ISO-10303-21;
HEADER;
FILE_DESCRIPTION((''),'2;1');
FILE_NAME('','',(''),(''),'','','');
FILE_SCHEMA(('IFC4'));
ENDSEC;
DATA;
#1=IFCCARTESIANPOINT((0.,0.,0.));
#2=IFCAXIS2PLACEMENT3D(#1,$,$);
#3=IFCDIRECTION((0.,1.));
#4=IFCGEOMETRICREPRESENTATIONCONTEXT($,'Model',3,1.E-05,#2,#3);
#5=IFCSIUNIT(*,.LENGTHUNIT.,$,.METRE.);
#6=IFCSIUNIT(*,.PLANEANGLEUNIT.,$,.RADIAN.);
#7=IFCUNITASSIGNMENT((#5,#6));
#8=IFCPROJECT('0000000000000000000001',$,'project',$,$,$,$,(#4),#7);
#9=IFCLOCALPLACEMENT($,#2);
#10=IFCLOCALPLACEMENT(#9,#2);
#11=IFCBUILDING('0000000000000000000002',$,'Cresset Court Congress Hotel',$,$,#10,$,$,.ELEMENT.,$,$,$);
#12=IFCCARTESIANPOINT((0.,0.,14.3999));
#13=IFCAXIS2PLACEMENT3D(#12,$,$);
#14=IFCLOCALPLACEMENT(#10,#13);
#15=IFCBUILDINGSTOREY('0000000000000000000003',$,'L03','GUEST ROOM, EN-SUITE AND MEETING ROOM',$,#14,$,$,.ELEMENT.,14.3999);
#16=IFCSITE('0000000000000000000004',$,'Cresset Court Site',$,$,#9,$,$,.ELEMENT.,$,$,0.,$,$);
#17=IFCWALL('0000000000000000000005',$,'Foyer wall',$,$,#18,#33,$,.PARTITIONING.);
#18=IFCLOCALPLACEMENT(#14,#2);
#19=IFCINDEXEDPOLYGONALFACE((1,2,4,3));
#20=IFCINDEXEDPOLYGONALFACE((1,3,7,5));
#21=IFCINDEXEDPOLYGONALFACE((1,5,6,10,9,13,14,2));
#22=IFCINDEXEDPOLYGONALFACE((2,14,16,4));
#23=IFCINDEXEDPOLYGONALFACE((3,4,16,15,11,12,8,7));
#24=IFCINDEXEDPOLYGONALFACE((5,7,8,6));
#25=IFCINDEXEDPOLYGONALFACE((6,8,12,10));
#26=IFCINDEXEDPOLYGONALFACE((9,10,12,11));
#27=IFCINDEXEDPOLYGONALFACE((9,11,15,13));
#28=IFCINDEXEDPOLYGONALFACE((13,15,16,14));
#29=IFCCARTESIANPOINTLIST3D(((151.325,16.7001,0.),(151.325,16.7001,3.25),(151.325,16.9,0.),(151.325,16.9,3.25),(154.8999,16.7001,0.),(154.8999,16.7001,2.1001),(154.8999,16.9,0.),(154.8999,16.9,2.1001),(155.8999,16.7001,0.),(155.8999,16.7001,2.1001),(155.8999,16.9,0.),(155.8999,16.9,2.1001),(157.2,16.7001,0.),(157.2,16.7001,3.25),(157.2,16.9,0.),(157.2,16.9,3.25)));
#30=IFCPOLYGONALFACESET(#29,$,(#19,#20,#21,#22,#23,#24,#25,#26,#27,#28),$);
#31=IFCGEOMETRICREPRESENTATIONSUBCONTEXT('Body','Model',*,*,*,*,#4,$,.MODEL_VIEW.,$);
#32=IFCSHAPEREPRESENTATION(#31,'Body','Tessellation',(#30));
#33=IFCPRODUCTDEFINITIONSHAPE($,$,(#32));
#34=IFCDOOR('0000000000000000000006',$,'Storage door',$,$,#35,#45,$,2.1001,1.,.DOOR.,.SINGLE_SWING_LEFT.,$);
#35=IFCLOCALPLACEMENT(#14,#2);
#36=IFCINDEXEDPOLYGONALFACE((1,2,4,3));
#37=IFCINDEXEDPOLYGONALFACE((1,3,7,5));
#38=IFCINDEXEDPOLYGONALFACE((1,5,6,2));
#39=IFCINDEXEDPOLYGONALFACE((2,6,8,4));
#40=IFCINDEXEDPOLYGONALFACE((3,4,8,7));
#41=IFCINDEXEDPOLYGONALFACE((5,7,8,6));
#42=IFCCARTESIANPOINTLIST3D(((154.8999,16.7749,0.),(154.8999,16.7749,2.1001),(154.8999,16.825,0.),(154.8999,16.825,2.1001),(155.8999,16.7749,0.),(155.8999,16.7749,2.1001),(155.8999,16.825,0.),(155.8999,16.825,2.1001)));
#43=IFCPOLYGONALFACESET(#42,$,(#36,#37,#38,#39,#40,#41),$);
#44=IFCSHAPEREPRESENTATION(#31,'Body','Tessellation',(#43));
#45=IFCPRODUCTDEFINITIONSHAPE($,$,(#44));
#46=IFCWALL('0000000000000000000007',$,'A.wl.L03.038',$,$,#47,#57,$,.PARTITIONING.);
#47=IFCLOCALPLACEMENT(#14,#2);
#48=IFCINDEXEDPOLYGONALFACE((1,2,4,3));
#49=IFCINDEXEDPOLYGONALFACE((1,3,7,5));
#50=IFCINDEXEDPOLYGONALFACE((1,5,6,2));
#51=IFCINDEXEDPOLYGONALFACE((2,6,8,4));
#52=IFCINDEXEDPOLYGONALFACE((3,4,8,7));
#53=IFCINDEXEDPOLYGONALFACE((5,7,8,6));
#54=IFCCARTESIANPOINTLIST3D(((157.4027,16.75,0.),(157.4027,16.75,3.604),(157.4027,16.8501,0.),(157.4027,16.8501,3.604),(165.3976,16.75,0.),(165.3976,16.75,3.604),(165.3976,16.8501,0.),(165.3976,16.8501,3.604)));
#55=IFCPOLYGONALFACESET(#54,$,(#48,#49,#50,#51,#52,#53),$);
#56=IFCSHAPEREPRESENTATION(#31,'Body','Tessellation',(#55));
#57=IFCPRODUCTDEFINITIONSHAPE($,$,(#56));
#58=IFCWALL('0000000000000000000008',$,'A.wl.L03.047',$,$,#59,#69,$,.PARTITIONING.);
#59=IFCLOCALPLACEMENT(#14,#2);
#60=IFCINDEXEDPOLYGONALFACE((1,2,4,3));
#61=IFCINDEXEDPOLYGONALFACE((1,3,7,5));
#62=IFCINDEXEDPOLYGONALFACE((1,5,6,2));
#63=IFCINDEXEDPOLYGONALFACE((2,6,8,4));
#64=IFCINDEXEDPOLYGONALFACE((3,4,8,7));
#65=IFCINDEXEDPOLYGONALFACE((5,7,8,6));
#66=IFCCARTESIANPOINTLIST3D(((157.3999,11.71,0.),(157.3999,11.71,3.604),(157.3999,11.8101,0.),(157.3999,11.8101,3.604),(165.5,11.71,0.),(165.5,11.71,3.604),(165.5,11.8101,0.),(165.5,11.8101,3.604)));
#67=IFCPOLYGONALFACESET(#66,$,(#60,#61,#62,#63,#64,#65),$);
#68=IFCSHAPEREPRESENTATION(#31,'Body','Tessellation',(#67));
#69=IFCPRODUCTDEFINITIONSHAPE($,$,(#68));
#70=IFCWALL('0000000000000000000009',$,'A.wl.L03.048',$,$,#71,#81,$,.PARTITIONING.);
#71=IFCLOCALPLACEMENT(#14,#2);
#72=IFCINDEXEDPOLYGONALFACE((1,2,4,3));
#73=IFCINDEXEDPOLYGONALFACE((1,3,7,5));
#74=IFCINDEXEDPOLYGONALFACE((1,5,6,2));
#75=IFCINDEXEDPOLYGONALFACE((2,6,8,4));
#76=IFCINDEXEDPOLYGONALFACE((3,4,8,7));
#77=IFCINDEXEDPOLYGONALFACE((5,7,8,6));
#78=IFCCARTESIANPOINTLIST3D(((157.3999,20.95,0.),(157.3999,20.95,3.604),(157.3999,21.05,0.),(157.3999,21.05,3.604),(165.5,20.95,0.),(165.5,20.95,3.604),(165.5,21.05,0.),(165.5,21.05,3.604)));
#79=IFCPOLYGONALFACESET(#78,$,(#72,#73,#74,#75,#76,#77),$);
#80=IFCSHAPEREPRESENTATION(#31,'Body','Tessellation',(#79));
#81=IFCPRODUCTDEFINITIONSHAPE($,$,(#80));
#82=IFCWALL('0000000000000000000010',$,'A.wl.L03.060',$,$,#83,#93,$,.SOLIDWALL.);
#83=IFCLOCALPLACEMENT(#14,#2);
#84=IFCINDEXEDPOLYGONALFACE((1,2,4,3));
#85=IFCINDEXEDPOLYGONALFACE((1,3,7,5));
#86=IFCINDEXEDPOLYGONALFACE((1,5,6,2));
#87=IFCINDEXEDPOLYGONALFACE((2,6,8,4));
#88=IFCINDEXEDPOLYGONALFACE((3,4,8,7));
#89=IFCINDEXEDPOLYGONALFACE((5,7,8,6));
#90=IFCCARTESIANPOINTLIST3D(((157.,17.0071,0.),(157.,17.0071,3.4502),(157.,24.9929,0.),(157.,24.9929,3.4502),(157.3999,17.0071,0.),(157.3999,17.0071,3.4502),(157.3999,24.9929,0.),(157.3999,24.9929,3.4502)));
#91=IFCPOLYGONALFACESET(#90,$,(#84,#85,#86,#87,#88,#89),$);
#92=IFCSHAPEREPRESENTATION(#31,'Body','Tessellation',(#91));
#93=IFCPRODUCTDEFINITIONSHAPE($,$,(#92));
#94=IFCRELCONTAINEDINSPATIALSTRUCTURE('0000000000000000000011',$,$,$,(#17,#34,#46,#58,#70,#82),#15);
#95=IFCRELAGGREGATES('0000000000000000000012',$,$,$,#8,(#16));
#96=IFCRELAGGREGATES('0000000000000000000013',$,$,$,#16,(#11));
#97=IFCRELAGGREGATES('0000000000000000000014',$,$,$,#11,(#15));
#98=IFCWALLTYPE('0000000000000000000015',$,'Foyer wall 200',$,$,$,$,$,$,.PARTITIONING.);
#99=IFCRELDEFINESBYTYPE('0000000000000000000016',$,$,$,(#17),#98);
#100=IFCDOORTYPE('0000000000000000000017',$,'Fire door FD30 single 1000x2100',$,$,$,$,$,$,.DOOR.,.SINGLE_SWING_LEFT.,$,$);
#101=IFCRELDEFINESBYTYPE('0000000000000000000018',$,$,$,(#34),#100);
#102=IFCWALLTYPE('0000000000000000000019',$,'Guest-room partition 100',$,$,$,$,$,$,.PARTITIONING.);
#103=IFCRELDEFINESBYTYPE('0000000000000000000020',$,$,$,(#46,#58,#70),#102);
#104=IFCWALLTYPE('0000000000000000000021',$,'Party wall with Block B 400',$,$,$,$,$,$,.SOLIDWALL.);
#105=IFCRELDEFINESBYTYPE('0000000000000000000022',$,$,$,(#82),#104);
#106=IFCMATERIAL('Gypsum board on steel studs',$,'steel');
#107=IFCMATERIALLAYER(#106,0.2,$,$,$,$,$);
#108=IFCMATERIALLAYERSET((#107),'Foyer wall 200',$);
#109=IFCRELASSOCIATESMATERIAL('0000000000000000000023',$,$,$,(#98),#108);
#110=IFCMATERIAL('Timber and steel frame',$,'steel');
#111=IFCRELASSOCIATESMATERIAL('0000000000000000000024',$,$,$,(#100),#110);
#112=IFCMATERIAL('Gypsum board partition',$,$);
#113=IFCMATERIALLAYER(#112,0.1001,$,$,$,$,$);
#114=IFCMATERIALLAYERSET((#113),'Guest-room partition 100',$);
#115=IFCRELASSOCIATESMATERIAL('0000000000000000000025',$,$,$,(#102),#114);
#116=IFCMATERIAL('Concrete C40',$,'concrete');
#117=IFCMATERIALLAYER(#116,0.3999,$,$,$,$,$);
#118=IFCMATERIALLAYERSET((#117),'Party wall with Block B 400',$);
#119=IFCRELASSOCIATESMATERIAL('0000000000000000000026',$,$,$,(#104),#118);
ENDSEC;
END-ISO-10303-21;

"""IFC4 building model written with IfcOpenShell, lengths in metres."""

from ifc_helpers import new_model, si_unit, direction, frame, frame_2d, origin, place, context, subcontext, project, spatial, rectangle, extrude, material, layer, layer_set, type_object, element, fill, save


model = new_model("IFC4")

# Units and contexts
model_context = context("Model", 3, precision=1e-05, world=origin(), true_north=direction((0.0, 1.0)))
body_context = subcontext(model_context, "Body", "Model", "MODEL_VIEW")
ifc_project = project(units=[si_unit("LENGTHUNIT", "METRE"), si_unit("PLANEANGLEUNIT", "RADIAN")], contexts=[model_context])

# Site, building, storey
site_placement = place(None, origin())
site = spatial("IfcSite", under=ifc_project, at=site_placement, Name="Cresset Court Site", CompositionType="ELEMENT", RefElevation=0.0)
building_placement = place(site_placement, origin())
building = spatial("IfcBuilding", under=site, at=building_placement, Name="Cresset Court Congress Hotel", CompositionType="ELEMENT")
storey_placement = place(building_placement, frame((0.0, 0.0, 14.3999)))
storey = spatial("IfcBuildingStorey", under=building, at=storey_placement, Name="L03", Description="GUEST ROOM, EN-SUITE AND MEETING ROOM", CompositionType="ELEMENT", Elevation=14.3999)

# Wall, opening, door
ifc_material_1 = material(Name="Gypsum board on steel studs", Category="steel")
ifc_layer_1 = layer(ifc_material_1, 0.2)
ifc_layer_set_1 = layer_set([ifc_layer_1], Name="Foyer wall 200")
wall_type_1 = type_object("IfcWallType", Name="Foyer wall 200", PredefinedType="PARTITIONING", material=ifc_layer_set_1)
wall_1_placement = place(storey_placement, frame((151.325, 16.8, 0.0), z_axis=(0.0, 0.0, 1.0), x_axis=(1.0, 0.0, 0.0)))
wall_1 = element("IfcWall", 1, at=wall_1_placement, inside=storey, type_object=wall_type_1, Name="Foyer wall", PredefinedType="PARTITIONING", context=body_context, shape_type="SweptSolid", body=[
    extrude(rectangle(XDim=5.875, YDim=0.2, at=frame_2d((2.9375, 0.0))), origin(), (0.0, 0.0, 1.0), 3.25),
])
opening_1_placement = place(wall_1_placement, frame((3.575, 0.0, 0.0)))
opening_1 = element("IfcOpeningElement", 2, at=opening_1_placement, cuts=wall_1, PredefinedType="OPENING", context=body_context, shape_type="SweptSolid", body=[
    extrude(rectangle(XDim=1.0, YDim=2.1001, at=frame_2d((0.5, 1.05))), frame((0.0, 0.1099, 0.0), z_axis=(0.0, -1.0, 0.0), x_axis=(1.0, 0.0, 0.0)), (0.0, 0.0, 1.0), 0.22),
])
ifc_material_2 = material(Name="Timber and steel frame", Category="steel")
door_type_1 = type_object("IfcDoorType", Name="Fire door FD30 single 1000x2100", OperationType="SINGLE_SWING_LEFT", PredefinedType="DOOR", material=ifc_material_2)
door_1_placement = place(opening_1_placement, origin())
door_1 = element("IfcDoor", 3, at=door_1_placement, inside=storey, type_object=door_type_1, Name="Storage door", OperationType="SINGLE_SWING_LEFT", OverallHeight=2.1001, OverallWidth=1.0, PredefinedType="DOOR", context=body_context, shape_type="SweptSolid", body=[
    extrude(rectangle(XDim=1.0, YDim=2.1001, at=frame_2d((0.5, 1.05))), frame((0.0, 0.0249, 0.0), z_axis=(0.0, -1.0, 0.0), x_axis=(1.0, 0.0, 0.0)), (0.0, 0.0, 1.0), 0.05),
])
fill(opening_1, door_1)

# Walls
ifc_material_3 = material(Name="Gypsum board partition")
ifc_layer_2 = layer(ifc_material_3, 0.1001)
ifc_layer_set_2 = layer_set([ifc_layer_2], Name="Guest-room partition 100")
wall_type_2 = type_object("IfcWallType", Name="Guest-room partition 100", PredefinedType="PARTITIONING", material=ifc_layer_set_2)
wall_2_placement = place(storey_placement, frame((157.4026, 16.8, 0.0), z_axis=(0.0, 0.0, 1.0), x_axis=(1.0, 0.0, 0.0)))
element("IfcWall", 4, at=wall_2_placement, inside=storey, type_object=wall_type_2, Name="A.wl.L03.038", PredefinedType="PARTITIONING", context=body_context, shape_type="SweptSolid", body=[
    extrude(rectangle(XDim=7.9949, YDim=0.1001, at=frame_2d((3.9976, 0.0))), origin(), (0.0, 0.0, 1.0), 3.604),
])
for number, where, z_axis, x_axis, name in (
    (5, (157.3999, 11.76, 0.0), (0.0, 0.0, 1.0), (1.0, 0.0, 0.0), "A.wl.L03.047"),
    (6, (157.3999, 21.0, 0.0), (0.0, 0.0, 1.0), (1.0, 0.0, 0.0), "A.wl.L03.048"),
):
    element("IfcWall", number, at=place(storey_placement, frame(where, z_axis=z_axis, x_axis=x_axis)), inside=storey, type_object=wall_type_2, Name=name, PredefinedType="PARTITIONING", context=body_context, shape_type="SweptSolid", body=[
        extrude(rectangle(XDim=8.1001, YDim=0.1001, at=frame_2d((4.05, 0.0))), origin(), (0.0, 0.0, 1.0), 3.604),
    ])
ifc_material_4 = material(Name="Concrete C40", Category="concrete")
ifc_layer_3 = layer(ifc_material_4, 0.3999)
ifc_layer_set_3 = layer_set([ifc_layer_3], Name="Party wall with Block B 400")
wall_type_3 = type_object("IfcWallType", Name="Party wall with Block B 400", PredefinedType="SOLIDWALL", material=ifc_layer_set_3)
wall_3_placement = place(storey_placement, frame((157.2, 17.0071, 0.0), z_axis=(0.0, 0.0, 1.0), x_axis=(0.0, 1.0, 0.0)))
element("IfcWall", 7, at=wall_3_placement, inside=storey, type_object=wall_type_3, Name="A.wl.L03.060", PredefinedType="SOLIDWALL", context=body_context, shape_type="SweptSolid", body=[
    extrude(rectangle(XDim=7.9858, YDim=0.3999, at=frame_2d((3.9929, 0.0))), origin(), (0.0, 0.0, 1.0), 3.4502),
])

save(model, "model.ifc")
